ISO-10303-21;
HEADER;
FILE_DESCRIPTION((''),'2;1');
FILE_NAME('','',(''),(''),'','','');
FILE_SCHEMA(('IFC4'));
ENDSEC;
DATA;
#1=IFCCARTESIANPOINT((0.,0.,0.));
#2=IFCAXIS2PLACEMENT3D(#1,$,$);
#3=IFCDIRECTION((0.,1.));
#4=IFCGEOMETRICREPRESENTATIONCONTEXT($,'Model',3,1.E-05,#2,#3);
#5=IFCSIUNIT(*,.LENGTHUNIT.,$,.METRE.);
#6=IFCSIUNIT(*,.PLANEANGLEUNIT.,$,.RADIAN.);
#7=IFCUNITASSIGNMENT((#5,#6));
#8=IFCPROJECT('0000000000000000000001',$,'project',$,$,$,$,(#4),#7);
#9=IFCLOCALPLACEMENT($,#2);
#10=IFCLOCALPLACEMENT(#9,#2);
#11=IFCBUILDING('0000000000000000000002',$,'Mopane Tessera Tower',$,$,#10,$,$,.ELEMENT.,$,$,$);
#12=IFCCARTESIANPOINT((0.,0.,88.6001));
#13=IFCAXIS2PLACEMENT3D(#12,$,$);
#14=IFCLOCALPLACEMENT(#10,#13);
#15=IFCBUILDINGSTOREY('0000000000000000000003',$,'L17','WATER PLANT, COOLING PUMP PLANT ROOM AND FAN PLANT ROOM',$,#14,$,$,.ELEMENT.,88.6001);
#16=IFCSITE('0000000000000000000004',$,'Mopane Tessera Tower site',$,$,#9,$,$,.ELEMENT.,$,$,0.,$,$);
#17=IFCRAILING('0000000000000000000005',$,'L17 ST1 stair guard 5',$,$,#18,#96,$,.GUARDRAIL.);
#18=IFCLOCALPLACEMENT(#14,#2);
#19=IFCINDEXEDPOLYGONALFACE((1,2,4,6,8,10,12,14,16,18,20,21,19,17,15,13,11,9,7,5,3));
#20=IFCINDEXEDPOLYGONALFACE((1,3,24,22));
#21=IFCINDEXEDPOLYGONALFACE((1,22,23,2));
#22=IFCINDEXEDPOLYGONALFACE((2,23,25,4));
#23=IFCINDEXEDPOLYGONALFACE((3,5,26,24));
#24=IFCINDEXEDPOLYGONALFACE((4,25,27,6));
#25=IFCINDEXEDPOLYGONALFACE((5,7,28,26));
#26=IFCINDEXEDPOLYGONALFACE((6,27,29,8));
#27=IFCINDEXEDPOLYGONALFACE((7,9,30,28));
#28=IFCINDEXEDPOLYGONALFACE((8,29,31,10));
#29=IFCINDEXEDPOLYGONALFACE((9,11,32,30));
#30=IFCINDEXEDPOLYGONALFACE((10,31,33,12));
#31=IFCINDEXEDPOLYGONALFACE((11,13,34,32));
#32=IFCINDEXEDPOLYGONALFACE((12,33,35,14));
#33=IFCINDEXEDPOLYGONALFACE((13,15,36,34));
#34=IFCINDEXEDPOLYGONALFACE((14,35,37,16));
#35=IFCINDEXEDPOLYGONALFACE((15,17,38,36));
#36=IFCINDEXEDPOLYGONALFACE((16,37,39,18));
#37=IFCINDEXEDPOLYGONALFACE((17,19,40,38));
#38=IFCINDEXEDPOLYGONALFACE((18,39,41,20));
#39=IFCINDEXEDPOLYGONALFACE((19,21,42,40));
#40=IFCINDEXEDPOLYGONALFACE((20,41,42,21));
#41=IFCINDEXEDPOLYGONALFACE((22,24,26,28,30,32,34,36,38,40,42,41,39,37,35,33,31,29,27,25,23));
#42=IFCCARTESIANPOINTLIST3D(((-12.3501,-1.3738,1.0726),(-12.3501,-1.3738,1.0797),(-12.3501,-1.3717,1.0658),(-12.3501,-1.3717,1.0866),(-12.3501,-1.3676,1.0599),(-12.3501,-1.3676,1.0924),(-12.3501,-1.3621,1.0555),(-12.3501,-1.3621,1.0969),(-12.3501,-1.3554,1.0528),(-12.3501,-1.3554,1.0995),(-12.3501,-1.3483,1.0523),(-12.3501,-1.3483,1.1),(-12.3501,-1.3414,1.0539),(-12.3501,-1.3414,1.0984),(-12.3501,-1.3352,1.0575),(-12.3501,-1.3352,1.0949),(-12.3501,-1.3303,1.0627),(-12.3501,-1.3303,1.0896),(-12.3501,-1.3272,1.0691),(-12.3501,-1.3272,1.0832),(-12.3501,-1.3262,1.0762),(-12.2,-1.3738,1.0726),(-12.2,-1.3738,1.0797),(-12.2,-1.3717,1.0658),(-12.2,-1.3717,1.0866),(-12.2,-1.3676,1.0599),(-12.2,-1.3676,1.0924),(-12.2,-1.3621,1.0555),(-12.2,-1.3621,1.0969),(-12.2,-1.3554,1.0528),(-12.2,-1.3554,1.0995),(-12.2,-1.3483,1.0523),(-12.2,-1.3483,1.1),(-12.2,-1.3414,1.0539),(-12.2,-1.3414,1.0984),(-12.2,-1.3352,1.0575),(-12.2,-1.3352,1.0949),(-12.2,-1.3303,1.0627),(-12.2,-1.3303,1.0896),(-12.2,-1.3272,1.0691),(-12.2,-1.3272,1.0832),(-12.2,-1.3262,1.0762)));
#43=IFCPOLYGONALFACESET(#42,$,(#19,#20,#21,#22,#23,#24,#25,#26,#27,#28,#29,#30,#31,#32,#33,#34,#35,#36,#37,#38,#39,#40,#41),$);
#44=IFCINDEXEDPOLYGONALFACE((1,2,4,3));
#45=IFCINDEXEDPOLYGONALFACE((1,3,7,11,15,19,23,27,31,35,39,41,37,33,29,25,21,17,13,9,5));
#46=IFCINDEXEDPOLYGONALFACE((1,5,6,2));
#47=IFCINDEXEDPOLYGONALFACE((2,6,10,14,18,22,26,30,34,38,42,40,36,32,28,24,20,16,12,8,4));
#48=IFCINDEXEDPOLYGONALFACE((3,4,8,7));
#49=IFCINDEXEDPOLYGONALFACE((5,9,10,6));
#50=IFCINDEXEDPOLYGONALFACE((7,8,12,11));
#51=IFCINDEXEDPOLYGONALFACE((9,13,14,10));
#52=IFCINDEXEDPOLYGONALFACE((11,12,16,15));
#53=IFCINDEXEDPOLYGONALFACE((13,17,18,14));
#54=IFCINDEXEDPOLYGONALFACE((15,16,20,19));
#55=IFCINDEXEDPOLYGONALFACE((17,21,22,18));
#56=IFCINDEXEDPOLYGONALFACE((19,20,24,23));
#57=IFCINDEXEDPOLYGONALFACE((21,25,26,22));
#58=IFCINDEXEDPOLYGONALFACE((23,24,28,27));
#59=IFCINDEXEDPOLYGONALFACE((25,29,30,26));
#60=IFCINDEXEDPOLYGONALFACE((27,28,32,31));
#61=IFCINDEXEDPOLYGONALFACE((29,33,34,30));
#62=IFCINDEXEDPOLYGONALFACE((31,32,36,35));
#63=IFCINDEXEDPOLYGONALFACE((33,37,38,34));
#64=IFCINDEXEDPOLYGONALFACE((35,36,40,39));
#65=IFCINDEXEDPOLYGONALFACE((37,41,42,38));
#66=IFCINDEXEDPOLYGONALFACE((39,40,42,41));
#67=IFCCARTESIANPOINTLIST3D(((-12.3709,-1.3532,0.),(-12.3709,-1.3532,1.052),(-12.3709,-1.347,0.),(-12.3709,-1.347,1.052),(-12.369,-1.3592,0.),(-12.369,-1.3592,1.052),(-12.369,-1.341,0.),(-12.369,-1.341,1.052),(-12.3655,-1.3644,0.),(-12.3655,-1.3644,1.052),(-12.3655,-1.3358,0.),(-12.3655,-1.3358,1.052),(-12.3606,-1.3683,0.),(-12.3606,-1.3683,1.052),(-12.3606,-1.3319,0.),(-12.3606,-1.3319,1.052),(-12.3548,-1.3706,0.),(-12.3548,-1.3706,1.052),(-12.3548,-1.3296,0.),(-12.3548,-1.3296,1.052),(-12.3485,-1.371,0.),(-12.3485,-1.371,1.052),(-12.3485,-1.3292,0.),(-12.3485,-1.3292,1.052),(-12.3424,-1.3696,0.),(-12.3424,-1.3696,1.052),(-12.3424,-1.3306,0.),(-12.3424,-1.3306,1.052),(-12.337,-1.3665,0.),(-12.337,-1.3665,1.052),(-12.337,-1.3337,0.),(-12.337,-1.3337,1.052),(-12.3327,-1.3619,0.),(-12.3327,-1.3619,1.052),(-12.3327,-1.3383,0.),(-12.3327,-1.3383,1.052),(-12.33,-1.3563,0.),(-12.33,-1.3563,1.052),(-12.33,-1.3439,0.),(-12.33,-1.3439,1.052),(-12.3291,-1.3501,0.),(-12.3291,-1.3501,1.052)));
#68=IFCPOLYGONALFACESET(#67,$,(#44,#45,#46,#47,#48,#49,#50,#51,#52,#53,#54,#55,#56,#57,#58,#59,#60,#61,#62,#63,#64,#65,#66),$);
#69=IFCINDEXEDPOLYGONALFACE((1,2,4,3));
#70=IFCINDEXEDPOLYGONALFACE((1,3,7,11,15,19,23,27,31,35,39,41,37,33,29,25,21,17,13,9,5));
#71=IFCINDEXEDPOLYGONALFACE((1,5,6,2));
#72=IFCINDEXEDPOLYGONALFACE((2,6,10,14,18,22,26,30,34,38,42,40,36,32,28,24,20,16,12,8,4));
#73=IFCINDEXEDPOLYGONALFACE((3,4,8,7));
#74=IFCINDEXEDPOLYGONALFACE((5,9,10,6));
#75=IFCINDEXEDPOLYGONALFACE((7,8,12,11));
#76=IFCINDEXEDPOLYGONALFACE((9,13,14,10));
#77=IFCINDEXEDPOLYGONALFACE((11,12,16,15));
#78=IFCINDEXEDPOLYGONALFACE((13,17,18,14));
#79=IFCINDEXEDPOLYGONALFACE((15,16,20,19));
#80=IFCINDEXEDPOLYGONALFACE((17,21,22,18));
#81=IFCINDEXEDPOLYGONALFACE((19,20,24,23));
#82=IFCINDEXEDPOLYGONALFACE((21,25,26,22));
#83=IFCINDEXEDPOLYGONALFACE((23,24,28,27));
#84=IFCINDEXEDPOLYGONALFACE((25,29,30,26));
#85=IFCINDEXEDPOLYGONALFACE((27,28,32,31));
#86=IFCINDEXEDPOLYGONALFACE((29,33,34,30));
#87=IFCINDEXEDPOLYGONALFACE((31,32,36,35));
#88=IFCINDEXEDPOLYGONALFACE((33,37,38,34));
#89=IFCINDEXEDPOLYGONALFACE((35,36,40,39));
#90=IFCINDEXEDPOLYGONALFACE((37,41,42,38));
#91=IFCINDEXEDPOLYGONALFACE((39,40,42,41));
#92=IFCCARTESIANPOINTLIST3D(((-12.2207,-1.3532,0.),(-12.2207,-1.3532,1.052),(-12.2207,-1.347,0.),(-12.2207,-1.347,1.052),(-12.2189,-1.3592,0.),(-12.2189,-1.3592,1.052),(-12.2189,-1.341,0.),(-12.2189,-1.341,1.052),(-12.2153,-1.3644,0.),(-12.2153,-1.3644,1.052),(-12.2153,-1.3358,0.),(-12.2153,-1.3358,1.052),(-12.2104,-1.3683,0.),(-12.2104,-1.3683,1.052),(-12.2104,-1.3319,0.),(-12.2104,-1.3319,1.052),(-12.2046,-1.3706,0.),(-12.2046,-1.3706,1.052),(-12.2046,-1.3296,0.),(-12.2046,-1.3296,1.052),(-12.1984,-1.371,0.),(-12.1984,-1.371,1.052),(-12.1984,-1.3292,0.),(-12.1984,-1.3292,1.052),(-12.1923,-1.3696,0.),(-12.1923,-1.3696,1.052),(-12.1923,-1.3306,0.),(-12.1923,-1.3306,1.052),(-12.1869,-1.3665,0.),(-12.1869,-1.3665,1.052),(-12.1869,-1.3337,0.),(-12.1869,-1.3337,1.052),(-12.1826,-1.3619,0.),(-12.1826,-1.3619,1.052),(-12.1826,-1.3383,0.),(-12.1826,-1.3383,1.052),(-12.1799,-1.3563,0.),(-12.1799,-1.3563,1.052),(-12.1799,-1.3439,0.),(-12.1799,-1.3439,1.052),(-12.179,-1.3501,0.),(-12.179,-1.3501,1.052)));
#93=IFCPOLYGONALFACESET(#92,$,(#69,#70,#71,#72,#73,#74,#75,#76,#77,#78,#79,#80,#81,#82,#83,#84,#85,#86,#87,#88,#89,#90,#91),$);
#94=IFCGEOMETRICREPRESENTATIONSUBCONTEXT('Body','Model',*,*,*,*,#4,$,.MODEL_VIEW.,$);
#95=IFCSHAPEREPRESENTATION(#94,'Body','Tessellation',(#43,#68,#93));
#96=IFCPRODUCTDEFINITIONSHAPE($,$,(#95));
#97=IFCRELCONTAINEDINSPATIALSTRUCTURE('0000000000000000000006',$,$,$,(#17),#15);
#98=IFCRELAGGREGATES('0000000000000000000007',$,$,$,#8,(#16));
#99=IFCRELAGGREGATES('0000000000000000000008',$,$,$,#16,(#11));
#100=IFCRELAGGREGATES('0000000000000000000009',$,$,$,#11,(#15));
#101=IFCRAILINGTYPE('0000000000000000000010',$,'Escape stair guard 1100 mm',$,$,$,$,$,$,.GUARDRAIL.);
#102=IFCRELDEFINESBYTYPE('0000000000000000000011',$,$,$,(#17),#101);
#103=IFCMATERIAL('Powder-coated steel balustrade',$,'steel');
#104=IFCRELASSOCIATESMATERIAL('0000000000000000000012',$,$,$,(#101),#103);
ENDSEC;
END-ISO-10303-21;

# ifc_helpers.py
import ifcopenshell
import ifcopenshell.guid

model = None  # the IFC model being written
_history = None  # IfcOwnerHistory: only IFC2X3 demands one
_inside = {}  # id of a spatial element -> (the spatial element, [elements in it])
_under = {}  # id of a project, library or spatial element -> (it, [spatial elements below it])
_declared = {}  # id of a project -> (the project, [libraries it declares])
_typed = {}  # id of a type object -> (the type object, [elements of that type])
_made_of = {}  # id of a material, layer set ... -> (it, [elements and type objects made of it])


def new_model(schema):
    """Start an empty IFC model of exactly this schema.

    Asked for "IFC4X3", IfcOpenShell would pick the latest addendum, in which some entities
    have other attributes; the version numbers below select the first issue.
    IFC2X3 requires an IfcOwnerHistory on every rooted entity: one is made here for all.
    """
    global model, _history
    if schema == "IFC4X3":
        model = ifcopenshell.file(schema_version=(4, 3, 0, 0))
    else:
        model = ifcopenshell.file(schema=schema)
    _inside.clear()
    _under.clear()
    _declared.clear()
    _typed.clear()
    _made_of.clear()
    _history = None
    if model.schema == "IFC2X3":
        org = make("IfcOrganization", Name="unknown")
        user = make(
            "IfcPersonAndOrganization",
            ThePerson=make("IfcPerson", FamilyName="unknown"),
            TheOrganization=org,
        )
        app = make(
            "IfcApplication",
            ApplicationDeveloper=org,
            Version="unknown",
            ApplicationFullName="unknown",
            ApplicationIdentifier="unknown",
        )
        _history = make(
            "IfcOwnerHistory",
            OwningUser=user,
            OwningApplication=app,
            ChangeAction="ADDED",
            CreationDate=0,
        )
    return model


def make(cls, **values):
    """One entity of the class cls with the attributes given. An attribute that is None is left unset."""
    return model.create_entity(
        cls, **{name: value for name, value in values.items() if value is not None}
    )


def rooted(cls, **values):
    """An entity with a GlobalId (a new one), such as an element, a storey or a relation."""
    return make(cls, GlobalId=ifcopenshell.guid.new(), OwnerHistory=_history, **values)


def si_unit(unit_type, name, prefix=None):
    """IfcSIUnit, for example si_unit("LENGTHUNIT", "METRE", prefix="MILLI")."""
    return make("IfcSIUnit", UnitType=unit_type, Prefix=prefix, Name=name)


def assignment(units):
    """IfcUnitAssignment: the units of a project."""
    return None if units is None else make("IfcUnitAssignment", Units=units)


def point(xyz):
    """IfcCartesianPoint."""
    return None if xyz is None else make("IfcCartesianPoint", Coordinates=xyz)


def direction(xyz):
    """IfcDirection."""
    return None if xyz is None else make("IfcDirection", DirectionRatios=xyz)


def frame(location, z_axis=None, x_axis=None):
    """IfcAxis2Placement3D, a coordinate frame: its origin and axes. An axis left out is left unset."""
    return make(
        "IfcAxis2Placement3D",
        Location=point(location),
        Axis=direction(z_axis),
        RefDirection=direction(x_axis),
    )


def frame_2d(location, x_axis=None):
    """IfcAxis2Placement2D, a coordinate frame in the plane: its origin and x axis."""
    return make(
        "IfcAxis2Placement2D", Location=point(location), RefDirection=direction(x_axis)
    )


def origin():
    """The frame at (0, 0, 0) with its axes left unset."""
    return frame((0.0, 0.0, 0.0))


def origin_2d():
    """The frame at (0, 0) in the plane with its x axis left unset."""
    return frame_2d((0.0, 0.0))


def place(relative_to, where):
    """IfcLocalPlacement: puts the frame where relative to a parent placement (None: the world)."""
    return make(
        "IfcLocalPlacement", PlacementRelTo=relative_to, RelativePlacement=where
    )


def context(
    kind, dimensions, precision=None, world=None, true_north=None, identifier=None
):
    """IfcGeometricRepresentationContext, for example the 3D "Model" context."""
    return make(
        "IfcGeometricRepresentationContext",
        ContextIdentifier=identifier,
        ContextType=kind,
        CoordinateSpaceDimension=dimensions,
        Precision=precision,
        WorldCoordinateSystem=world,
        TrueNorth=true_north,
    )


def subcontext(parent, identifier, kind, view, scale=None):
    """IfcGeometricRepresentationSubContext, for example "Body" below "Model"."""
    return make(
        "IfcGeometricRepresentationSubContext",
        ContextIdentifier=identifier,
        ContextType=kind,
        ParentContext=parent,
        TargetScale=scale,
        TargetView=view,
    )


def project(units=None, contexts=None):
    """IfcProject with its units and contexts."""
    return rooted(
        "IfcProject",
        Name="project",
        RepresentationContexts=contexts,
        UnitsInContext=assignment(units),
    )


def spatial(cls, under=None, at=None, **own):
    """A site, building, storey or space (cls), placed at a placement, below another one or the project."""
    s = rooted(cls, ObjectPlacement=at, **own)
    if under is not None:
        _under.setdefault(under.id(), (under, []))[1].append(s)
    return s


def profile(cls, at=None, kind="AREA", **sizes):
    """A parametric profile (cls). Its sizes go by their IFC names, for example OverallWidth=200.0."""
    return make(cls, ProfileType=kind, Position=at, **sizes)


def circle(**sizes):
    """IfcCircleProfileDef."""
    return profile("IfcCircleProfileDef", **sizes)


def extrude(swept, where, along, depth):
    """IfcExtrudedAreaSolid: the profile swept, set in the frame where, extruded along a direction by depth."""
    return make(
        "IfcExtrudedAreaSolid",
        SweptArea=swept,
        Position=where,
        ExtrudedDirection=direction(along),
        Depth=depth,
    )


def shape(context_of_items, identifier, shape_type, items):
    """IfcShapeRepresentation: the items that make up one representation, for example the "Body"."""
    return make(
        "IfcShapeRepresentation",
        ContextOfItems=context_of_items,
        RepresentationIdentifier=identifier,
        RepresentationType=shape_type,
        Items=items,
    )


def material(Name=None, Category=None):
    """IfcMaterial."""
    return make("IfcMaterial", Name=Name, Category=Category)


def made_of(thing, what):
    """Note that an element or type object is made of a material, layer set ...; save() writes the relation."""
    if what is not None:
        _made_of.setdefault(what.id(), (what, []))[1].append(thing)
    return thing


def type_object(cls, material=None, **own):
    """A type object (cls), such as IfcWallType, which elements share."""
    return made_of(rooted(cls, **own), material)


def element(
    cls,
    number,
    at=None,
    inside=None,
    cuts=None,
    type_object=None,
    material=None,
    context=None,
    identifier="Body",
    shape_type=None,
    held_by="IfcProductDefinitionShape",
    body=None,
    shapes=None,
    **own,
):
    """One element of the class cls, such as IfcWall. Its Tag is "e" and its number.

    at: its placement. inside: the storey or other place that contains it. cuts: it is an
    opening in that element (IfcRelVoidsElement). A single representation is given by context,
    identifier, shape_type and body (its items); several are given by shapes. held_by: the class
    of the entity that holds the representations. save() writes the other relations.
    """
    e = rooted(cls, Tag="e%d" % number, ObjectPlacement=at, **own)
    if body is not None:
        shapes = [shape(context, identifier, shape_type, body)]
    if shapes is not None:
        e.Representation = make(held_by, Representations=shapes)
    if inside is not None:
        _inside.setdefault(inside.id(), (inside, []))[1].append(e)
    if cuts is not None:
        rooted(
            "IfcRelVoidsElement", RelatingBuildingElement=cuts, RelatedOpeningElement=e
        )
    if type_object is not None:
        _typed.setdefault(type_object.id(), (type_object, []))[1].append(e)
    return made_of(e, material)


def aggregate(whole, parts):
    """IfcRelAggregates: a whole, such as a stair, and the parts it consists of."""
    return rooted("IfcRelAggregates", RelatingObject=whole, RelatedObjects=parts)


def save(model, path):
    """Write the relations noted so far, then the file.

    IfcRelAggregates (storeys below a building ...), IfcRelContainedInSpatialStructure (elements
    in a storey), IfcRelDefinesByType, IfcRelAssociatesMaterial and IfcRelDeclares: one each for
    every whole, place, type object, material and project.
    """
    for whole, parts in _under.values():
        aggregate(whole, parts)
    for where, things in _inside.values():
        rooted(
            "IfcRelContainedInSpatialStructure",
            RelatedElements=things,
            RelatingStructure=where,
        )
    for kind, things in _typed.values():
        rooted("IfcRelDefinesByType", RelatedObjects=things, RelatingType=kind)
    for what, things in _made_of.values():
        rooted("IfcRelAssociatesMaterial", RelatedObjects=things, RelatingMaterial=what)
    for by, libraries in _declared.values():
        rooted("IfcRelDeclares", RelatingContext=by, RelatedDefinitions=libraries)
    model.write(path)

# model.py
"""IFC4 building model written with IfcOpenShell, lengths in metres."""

from ifc_helpers import new_model, si_unit, direction, frame, origin, origin_2d, place, context, subcontext, project, spatial, circle, extrude, material, type_object, element, save


model = new_model("IFC4")

# Units and contexts
model_context = context("Model", 3, precision=1e-05, world=origin(), true_north=direction((0.0, 1.0)))
body_context = subcontext(model_context, "Body", "Model", "MODEL_VIEW")
ifc_project = project(units=[si_unit("LENGTHUNIT", "METRE"), si_unit("PLANEANGLEUNIT", "RADIAN")], contexts=[model_context])

# Site, building, storey
site_placement = place(None, origin())
site = spatial("IfcSite", under=ifc_project, at=site_placement, Name="Mopane Tessera Tower site", CompositionType="ELEMENT", RefElevation=0.0)
building_placement = place(site_placement, origin())
building = spatial("IfcBuilding", under=site, at=building_placement, Name="Mopane Tessera Tower", CompositionType="ELEMENT")
storey_placement = place(building_placement, frame((0.0, 0.0, 88.6001)))
storey = spatial("IfcBuildingStorey", under=building, at=storey_placement, Name="L17", Description="WATER PLANT, COOLING PUMP PLANT ROOM AND FAN PLANT ROOM", CompositionType="ELEMENT", Elevation=88.6001)

# Railing
ifc_material_1 = material(Name="Powder-coated steel balustrade", Category="steel")
railing_type_1 = type_object("IfcRailingType", Name="Escape stair guard 1100 mm", PredefinedType="GUARDRAIL", material=ifc_material_1)
railing_1_placement = place(storey_placement, frame((-12.3501, -1.3501, 0.0)))
element("IfcRailing", 1, at=railing_1_placement, inside=storey, type_object=railing_type_1, Name="L17 ST1 stair guard 5", PredefinedType="GUARDRAIL", context=body_context, shape_type="SweptSolid", body=[
    extrude(circle(Radius=0.0239, at=origin_2d()), frame((0.0, 0.0, 1.0762), z_axis=(1.0, 0.0, 0.0), x_axis=(0.0, 1.0, 0.0)), (0.0, 0.0, 1.0), 0.1501),
    extrude(circle(Radius=0.021, at=origin_2d()), origin(), (0.0, 0.0, 1.0), 1.052),
    extrude(circle(Radius=0.021, at=origin_2d()), frame((0.1501, 0.0, 0.0)), (0.0, 0.0, 1.0), 1.052),
])

save(model, "model.ifc")
